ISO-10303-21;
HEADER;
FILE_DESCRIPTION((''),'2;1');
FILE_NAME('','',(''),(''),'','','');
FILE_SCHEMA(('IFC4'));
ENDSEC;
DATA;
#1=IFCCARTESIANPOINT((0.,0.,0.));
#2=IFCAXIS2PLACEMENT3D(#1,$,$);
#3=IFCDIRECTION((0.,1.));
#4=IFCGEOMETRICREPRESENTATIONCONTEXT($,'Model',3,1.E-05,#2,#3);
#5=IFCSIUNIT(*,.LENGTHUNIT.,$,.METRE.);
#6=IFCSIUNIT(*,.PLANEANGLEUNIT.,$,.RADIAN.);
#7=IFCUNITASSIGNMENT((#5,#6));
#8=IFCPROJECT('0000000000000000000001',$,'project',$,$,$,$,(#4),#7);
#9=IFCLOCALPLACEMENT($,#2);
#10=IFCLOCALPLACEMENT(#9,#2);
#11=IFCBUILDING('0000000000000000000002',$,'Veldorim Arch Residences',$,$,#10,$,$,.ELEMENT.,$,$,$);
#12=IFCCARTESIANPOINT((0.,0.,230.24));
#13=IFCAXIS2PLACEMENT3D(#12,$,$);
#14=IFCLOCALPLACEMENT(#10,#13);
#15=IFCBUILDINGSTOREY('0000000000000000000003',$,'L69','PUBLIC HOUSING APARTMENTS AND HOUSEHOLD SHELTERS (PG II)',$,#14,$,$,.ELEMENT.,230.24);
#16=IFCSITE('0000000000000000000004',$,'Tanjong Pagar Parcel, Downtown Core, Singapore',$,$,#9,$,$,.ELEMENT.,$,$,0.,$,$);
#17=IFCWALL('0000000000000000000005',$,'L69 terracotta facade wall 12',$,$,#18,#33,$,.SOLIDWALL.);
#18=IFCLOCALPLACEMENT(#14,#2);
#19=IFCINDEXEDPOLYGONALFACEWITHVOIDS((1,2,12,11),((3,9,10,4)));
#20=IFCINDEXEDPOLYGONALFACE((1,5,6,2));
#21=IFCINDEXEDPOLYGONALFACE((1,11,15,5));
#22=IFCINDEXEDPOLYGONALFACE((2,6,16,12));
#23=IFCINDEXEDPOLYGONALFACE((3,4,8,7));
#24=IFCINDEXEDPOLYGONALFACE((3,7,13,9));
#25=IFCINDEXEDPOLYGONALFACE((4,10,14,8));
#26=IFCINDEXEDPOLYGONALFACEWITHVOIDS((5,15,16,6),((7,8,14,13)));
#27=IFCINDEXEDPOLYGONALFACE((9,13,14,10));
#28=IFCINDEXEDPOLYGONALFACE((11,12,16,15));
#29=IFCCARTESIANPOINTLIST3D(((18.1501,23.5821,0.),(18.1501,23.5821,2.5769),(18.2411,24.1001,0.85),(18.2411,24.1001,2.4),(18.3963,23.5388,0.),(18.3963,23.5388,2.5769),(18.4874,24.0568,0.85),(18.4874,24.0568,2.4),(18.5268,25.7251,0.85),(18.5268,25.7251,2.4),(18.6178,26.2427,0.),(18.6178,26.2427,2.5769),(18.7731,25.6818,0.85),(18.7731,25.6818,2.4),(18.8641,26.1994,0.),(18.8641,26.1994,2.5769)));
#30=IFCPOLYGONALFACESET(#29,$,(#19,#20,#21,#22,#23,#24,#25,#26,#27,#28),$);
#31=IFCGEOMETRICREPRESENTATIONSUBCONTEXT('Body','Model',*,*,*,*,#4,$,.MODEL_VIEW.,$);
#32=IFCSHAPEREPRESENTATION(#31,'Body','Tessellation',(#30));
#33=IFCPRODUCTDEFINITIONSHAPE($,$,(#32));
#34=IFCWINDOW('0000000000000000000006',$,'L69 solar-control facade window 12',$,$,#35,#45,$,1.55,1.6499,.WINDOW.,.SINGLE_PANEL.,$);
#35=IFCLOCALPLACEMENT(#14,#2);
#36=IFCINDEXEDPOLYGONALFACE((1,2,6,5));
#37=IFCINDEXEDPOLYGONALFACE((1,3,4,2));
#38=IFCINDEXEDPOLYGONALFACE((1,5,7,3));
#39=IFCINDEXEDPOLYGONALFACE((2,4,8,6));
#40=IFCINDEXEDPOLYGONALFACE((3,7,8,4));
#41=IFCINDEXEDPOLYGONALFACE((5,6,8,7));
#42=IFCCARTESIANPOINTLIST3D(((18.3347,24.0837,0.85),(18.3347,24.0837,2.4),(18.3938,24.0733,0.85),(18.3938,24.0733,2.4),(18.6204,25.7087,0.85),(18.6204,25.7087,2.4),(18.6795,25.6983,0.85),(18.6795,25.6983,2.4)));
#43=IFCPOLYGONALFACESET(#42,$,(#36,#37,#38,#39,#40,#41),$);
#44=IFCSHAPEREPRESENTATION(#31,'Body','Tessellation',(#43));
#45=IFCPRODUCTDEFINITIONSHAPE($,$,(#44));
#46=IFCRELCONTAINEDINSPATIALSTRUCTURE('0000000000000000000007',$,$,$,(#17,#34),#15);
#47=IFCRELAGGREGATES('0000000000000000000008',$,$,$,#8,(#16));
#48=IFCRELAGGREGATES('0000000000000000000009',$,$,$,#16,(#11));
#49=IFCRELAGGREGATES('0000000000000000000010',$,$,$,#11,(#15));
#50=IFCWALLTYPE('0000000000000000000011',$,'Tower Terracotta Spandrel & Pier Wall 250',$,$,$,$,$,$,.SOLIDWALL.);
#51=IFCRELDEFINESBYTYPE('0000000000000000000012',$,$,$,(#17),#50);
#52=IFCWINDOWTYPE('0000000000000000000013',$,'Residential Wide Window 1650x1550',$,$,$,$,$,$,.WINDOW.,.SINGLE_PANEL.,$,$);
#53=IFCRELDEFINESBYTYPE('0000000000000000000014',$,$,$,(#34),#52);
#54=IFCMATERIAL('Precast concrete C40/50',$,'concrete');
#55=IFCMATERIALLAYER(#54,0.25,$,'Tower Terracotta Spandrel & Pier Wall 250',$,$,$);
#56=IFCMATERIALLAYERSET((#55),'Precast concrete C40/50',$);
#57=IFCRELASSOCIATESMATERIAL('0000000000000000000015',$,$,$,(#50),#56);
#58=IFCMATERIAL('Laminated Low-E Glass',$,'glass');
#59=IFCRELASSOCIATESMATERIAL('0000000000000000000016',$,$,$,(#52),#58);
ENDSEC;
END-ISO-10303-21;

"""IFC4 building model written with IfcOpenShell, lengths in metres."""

from ifc_helpers import new_model, si_unit, direction, frame, frame_2d, origin, place, context, subcontext, project, spatial, rectangle, extrude, material, layer, layer_set, type_object, element, fill, save


model = new_model("IFC4")

# Units and contexts
model_context = context("Model", 3, precision=1e-05, world=origin(), true_north=direction((0.0, 1.0)))
body_context = subcontext(model_context, "Body", "Model", "MODEL_VIEW")
ifc_project = project(units=[si_unit("LENGTHUNIT", "METRE"), si_unit("PLANEANGLEUNIT", "RADIAN")], contexts=[model_context])

# Site, building, storey
site_placement = place(None, origin())
site = spatial("IfcSite", under=ifc_project, at=site_placement, Name="Tanjong Pagar Parcel, Downtown Core, Singapore", CompositionType="ELEMENT", RefElevation=0.0)
building_placement = place(site_placement, origin())
building = spatial("IfcBuilding", under=site, at=building_placement, Name="Veldorim Arch Residences", CompositionType="ELEMENT")
storey_placement = place(building_placement, frame((0.0, 0.0, 230.24)))
storey = spatial("IfcBuildingStorey", under=building, at=storey_placement, Name="L69", Description="PUBLIC HOUSING APARTMENTS AND HOUSEHOLD SHELTERS (PG II)", CompositionType="ELEMENT", Elevation=230.24)

# Shared definitions
ifc_material_1 = material(Name="Precast concrete C40/50", Category="concrete")
ifc_layer_1 = layer(ifc_material_1, 0.25, Name="Tower Terracotta Spandrel & Pier Wall 250")
ifc_layer_set_1 = layer_set([ifc_layer_1], Name="Precast concrete C40/50")
wall_type_1 = type_object("IfcWallType", Name="Tower Terracotta Spandrel & Pier Wall 250", PredefinedType="SOLIDWALL", material=ifc_layer_set_1)

# Wall, opening, window
wall_1_placement = place(storey_placement, frame((18.2732, 23.5605, 0.0), z_axis=(0.0, 0.0, 1.0), x_axis=(0.173156, 0.984894, 0.0)))
wall_1 = element("IfcWall", 1, at=wall_1_placement, inside=storey, type_object=wall_type_1, Name="L69 terracotta facade wall 12", PredefinedType="SOLIDWALL", context=body_context, shape_type="SweptSolid", body=[
    extrude(rectangle(XDim=2.7014, YDim=0.25, at=frame_2d((1.3506, 0.0))), origin(), (0.0, 0.0, 1.0), 2.5769),
])
opening_placement = place(wall_1_placement, frame((0.5259, 0.0, 0.8501)))
opening = element("IfcOpeningElement", 2, at=opening_placement, cuts=wall_1, PredefinedType="OPENING", context=body_context, shape_type="SweptSolid", body=[
    extrude(rectangle(XDim=1.6499, YDim=1.55, at=frame_2d((0.825, 0.7749))), frame((0.0, 0.135, 0.0), z_axis=(0.0, -1.0, 0.0), x_axis=(1.0, 0.0, 0.0)), (0.0, 0.0, 1.0), 0.27),
])
ifc_material_2 = material(Name="Laminated Low-E Glass", Category="glass")
window_type = type_object("IfcWindowType", Name="Residential Wide Window 1650x1550", PartitioningType="SINGLE_PANEL", PredefinedType="WINDOW", material=ifc_material_2)
window_placement = place(opening_placement, origin())
window = element("IfcWindow", 3, at=window_placement, inside=storey, type_object=window_type, Name="L69 solar-control facade window 12", OverallHeight=1.55, OverallWidth=1.6499, PartitioningType="SINGLE_PANEL", PredefinedType="WINDOW", context=body_context, shape_type="SweptSolid", body=[
    extrude(rectangle(XDim=1.6499, YDim=1.55, at=frame_2d((0.825, 0.7749))), frame((0.0, 0.03, 0.0), z_axis=(0.0, -1.0, 0.0), x_axis=(1.0, 0.0, 0.0)), (0.0, 0.0, 1.0), 0.0601),
])
fill(opening, window)

save(model, "model.ifc")
